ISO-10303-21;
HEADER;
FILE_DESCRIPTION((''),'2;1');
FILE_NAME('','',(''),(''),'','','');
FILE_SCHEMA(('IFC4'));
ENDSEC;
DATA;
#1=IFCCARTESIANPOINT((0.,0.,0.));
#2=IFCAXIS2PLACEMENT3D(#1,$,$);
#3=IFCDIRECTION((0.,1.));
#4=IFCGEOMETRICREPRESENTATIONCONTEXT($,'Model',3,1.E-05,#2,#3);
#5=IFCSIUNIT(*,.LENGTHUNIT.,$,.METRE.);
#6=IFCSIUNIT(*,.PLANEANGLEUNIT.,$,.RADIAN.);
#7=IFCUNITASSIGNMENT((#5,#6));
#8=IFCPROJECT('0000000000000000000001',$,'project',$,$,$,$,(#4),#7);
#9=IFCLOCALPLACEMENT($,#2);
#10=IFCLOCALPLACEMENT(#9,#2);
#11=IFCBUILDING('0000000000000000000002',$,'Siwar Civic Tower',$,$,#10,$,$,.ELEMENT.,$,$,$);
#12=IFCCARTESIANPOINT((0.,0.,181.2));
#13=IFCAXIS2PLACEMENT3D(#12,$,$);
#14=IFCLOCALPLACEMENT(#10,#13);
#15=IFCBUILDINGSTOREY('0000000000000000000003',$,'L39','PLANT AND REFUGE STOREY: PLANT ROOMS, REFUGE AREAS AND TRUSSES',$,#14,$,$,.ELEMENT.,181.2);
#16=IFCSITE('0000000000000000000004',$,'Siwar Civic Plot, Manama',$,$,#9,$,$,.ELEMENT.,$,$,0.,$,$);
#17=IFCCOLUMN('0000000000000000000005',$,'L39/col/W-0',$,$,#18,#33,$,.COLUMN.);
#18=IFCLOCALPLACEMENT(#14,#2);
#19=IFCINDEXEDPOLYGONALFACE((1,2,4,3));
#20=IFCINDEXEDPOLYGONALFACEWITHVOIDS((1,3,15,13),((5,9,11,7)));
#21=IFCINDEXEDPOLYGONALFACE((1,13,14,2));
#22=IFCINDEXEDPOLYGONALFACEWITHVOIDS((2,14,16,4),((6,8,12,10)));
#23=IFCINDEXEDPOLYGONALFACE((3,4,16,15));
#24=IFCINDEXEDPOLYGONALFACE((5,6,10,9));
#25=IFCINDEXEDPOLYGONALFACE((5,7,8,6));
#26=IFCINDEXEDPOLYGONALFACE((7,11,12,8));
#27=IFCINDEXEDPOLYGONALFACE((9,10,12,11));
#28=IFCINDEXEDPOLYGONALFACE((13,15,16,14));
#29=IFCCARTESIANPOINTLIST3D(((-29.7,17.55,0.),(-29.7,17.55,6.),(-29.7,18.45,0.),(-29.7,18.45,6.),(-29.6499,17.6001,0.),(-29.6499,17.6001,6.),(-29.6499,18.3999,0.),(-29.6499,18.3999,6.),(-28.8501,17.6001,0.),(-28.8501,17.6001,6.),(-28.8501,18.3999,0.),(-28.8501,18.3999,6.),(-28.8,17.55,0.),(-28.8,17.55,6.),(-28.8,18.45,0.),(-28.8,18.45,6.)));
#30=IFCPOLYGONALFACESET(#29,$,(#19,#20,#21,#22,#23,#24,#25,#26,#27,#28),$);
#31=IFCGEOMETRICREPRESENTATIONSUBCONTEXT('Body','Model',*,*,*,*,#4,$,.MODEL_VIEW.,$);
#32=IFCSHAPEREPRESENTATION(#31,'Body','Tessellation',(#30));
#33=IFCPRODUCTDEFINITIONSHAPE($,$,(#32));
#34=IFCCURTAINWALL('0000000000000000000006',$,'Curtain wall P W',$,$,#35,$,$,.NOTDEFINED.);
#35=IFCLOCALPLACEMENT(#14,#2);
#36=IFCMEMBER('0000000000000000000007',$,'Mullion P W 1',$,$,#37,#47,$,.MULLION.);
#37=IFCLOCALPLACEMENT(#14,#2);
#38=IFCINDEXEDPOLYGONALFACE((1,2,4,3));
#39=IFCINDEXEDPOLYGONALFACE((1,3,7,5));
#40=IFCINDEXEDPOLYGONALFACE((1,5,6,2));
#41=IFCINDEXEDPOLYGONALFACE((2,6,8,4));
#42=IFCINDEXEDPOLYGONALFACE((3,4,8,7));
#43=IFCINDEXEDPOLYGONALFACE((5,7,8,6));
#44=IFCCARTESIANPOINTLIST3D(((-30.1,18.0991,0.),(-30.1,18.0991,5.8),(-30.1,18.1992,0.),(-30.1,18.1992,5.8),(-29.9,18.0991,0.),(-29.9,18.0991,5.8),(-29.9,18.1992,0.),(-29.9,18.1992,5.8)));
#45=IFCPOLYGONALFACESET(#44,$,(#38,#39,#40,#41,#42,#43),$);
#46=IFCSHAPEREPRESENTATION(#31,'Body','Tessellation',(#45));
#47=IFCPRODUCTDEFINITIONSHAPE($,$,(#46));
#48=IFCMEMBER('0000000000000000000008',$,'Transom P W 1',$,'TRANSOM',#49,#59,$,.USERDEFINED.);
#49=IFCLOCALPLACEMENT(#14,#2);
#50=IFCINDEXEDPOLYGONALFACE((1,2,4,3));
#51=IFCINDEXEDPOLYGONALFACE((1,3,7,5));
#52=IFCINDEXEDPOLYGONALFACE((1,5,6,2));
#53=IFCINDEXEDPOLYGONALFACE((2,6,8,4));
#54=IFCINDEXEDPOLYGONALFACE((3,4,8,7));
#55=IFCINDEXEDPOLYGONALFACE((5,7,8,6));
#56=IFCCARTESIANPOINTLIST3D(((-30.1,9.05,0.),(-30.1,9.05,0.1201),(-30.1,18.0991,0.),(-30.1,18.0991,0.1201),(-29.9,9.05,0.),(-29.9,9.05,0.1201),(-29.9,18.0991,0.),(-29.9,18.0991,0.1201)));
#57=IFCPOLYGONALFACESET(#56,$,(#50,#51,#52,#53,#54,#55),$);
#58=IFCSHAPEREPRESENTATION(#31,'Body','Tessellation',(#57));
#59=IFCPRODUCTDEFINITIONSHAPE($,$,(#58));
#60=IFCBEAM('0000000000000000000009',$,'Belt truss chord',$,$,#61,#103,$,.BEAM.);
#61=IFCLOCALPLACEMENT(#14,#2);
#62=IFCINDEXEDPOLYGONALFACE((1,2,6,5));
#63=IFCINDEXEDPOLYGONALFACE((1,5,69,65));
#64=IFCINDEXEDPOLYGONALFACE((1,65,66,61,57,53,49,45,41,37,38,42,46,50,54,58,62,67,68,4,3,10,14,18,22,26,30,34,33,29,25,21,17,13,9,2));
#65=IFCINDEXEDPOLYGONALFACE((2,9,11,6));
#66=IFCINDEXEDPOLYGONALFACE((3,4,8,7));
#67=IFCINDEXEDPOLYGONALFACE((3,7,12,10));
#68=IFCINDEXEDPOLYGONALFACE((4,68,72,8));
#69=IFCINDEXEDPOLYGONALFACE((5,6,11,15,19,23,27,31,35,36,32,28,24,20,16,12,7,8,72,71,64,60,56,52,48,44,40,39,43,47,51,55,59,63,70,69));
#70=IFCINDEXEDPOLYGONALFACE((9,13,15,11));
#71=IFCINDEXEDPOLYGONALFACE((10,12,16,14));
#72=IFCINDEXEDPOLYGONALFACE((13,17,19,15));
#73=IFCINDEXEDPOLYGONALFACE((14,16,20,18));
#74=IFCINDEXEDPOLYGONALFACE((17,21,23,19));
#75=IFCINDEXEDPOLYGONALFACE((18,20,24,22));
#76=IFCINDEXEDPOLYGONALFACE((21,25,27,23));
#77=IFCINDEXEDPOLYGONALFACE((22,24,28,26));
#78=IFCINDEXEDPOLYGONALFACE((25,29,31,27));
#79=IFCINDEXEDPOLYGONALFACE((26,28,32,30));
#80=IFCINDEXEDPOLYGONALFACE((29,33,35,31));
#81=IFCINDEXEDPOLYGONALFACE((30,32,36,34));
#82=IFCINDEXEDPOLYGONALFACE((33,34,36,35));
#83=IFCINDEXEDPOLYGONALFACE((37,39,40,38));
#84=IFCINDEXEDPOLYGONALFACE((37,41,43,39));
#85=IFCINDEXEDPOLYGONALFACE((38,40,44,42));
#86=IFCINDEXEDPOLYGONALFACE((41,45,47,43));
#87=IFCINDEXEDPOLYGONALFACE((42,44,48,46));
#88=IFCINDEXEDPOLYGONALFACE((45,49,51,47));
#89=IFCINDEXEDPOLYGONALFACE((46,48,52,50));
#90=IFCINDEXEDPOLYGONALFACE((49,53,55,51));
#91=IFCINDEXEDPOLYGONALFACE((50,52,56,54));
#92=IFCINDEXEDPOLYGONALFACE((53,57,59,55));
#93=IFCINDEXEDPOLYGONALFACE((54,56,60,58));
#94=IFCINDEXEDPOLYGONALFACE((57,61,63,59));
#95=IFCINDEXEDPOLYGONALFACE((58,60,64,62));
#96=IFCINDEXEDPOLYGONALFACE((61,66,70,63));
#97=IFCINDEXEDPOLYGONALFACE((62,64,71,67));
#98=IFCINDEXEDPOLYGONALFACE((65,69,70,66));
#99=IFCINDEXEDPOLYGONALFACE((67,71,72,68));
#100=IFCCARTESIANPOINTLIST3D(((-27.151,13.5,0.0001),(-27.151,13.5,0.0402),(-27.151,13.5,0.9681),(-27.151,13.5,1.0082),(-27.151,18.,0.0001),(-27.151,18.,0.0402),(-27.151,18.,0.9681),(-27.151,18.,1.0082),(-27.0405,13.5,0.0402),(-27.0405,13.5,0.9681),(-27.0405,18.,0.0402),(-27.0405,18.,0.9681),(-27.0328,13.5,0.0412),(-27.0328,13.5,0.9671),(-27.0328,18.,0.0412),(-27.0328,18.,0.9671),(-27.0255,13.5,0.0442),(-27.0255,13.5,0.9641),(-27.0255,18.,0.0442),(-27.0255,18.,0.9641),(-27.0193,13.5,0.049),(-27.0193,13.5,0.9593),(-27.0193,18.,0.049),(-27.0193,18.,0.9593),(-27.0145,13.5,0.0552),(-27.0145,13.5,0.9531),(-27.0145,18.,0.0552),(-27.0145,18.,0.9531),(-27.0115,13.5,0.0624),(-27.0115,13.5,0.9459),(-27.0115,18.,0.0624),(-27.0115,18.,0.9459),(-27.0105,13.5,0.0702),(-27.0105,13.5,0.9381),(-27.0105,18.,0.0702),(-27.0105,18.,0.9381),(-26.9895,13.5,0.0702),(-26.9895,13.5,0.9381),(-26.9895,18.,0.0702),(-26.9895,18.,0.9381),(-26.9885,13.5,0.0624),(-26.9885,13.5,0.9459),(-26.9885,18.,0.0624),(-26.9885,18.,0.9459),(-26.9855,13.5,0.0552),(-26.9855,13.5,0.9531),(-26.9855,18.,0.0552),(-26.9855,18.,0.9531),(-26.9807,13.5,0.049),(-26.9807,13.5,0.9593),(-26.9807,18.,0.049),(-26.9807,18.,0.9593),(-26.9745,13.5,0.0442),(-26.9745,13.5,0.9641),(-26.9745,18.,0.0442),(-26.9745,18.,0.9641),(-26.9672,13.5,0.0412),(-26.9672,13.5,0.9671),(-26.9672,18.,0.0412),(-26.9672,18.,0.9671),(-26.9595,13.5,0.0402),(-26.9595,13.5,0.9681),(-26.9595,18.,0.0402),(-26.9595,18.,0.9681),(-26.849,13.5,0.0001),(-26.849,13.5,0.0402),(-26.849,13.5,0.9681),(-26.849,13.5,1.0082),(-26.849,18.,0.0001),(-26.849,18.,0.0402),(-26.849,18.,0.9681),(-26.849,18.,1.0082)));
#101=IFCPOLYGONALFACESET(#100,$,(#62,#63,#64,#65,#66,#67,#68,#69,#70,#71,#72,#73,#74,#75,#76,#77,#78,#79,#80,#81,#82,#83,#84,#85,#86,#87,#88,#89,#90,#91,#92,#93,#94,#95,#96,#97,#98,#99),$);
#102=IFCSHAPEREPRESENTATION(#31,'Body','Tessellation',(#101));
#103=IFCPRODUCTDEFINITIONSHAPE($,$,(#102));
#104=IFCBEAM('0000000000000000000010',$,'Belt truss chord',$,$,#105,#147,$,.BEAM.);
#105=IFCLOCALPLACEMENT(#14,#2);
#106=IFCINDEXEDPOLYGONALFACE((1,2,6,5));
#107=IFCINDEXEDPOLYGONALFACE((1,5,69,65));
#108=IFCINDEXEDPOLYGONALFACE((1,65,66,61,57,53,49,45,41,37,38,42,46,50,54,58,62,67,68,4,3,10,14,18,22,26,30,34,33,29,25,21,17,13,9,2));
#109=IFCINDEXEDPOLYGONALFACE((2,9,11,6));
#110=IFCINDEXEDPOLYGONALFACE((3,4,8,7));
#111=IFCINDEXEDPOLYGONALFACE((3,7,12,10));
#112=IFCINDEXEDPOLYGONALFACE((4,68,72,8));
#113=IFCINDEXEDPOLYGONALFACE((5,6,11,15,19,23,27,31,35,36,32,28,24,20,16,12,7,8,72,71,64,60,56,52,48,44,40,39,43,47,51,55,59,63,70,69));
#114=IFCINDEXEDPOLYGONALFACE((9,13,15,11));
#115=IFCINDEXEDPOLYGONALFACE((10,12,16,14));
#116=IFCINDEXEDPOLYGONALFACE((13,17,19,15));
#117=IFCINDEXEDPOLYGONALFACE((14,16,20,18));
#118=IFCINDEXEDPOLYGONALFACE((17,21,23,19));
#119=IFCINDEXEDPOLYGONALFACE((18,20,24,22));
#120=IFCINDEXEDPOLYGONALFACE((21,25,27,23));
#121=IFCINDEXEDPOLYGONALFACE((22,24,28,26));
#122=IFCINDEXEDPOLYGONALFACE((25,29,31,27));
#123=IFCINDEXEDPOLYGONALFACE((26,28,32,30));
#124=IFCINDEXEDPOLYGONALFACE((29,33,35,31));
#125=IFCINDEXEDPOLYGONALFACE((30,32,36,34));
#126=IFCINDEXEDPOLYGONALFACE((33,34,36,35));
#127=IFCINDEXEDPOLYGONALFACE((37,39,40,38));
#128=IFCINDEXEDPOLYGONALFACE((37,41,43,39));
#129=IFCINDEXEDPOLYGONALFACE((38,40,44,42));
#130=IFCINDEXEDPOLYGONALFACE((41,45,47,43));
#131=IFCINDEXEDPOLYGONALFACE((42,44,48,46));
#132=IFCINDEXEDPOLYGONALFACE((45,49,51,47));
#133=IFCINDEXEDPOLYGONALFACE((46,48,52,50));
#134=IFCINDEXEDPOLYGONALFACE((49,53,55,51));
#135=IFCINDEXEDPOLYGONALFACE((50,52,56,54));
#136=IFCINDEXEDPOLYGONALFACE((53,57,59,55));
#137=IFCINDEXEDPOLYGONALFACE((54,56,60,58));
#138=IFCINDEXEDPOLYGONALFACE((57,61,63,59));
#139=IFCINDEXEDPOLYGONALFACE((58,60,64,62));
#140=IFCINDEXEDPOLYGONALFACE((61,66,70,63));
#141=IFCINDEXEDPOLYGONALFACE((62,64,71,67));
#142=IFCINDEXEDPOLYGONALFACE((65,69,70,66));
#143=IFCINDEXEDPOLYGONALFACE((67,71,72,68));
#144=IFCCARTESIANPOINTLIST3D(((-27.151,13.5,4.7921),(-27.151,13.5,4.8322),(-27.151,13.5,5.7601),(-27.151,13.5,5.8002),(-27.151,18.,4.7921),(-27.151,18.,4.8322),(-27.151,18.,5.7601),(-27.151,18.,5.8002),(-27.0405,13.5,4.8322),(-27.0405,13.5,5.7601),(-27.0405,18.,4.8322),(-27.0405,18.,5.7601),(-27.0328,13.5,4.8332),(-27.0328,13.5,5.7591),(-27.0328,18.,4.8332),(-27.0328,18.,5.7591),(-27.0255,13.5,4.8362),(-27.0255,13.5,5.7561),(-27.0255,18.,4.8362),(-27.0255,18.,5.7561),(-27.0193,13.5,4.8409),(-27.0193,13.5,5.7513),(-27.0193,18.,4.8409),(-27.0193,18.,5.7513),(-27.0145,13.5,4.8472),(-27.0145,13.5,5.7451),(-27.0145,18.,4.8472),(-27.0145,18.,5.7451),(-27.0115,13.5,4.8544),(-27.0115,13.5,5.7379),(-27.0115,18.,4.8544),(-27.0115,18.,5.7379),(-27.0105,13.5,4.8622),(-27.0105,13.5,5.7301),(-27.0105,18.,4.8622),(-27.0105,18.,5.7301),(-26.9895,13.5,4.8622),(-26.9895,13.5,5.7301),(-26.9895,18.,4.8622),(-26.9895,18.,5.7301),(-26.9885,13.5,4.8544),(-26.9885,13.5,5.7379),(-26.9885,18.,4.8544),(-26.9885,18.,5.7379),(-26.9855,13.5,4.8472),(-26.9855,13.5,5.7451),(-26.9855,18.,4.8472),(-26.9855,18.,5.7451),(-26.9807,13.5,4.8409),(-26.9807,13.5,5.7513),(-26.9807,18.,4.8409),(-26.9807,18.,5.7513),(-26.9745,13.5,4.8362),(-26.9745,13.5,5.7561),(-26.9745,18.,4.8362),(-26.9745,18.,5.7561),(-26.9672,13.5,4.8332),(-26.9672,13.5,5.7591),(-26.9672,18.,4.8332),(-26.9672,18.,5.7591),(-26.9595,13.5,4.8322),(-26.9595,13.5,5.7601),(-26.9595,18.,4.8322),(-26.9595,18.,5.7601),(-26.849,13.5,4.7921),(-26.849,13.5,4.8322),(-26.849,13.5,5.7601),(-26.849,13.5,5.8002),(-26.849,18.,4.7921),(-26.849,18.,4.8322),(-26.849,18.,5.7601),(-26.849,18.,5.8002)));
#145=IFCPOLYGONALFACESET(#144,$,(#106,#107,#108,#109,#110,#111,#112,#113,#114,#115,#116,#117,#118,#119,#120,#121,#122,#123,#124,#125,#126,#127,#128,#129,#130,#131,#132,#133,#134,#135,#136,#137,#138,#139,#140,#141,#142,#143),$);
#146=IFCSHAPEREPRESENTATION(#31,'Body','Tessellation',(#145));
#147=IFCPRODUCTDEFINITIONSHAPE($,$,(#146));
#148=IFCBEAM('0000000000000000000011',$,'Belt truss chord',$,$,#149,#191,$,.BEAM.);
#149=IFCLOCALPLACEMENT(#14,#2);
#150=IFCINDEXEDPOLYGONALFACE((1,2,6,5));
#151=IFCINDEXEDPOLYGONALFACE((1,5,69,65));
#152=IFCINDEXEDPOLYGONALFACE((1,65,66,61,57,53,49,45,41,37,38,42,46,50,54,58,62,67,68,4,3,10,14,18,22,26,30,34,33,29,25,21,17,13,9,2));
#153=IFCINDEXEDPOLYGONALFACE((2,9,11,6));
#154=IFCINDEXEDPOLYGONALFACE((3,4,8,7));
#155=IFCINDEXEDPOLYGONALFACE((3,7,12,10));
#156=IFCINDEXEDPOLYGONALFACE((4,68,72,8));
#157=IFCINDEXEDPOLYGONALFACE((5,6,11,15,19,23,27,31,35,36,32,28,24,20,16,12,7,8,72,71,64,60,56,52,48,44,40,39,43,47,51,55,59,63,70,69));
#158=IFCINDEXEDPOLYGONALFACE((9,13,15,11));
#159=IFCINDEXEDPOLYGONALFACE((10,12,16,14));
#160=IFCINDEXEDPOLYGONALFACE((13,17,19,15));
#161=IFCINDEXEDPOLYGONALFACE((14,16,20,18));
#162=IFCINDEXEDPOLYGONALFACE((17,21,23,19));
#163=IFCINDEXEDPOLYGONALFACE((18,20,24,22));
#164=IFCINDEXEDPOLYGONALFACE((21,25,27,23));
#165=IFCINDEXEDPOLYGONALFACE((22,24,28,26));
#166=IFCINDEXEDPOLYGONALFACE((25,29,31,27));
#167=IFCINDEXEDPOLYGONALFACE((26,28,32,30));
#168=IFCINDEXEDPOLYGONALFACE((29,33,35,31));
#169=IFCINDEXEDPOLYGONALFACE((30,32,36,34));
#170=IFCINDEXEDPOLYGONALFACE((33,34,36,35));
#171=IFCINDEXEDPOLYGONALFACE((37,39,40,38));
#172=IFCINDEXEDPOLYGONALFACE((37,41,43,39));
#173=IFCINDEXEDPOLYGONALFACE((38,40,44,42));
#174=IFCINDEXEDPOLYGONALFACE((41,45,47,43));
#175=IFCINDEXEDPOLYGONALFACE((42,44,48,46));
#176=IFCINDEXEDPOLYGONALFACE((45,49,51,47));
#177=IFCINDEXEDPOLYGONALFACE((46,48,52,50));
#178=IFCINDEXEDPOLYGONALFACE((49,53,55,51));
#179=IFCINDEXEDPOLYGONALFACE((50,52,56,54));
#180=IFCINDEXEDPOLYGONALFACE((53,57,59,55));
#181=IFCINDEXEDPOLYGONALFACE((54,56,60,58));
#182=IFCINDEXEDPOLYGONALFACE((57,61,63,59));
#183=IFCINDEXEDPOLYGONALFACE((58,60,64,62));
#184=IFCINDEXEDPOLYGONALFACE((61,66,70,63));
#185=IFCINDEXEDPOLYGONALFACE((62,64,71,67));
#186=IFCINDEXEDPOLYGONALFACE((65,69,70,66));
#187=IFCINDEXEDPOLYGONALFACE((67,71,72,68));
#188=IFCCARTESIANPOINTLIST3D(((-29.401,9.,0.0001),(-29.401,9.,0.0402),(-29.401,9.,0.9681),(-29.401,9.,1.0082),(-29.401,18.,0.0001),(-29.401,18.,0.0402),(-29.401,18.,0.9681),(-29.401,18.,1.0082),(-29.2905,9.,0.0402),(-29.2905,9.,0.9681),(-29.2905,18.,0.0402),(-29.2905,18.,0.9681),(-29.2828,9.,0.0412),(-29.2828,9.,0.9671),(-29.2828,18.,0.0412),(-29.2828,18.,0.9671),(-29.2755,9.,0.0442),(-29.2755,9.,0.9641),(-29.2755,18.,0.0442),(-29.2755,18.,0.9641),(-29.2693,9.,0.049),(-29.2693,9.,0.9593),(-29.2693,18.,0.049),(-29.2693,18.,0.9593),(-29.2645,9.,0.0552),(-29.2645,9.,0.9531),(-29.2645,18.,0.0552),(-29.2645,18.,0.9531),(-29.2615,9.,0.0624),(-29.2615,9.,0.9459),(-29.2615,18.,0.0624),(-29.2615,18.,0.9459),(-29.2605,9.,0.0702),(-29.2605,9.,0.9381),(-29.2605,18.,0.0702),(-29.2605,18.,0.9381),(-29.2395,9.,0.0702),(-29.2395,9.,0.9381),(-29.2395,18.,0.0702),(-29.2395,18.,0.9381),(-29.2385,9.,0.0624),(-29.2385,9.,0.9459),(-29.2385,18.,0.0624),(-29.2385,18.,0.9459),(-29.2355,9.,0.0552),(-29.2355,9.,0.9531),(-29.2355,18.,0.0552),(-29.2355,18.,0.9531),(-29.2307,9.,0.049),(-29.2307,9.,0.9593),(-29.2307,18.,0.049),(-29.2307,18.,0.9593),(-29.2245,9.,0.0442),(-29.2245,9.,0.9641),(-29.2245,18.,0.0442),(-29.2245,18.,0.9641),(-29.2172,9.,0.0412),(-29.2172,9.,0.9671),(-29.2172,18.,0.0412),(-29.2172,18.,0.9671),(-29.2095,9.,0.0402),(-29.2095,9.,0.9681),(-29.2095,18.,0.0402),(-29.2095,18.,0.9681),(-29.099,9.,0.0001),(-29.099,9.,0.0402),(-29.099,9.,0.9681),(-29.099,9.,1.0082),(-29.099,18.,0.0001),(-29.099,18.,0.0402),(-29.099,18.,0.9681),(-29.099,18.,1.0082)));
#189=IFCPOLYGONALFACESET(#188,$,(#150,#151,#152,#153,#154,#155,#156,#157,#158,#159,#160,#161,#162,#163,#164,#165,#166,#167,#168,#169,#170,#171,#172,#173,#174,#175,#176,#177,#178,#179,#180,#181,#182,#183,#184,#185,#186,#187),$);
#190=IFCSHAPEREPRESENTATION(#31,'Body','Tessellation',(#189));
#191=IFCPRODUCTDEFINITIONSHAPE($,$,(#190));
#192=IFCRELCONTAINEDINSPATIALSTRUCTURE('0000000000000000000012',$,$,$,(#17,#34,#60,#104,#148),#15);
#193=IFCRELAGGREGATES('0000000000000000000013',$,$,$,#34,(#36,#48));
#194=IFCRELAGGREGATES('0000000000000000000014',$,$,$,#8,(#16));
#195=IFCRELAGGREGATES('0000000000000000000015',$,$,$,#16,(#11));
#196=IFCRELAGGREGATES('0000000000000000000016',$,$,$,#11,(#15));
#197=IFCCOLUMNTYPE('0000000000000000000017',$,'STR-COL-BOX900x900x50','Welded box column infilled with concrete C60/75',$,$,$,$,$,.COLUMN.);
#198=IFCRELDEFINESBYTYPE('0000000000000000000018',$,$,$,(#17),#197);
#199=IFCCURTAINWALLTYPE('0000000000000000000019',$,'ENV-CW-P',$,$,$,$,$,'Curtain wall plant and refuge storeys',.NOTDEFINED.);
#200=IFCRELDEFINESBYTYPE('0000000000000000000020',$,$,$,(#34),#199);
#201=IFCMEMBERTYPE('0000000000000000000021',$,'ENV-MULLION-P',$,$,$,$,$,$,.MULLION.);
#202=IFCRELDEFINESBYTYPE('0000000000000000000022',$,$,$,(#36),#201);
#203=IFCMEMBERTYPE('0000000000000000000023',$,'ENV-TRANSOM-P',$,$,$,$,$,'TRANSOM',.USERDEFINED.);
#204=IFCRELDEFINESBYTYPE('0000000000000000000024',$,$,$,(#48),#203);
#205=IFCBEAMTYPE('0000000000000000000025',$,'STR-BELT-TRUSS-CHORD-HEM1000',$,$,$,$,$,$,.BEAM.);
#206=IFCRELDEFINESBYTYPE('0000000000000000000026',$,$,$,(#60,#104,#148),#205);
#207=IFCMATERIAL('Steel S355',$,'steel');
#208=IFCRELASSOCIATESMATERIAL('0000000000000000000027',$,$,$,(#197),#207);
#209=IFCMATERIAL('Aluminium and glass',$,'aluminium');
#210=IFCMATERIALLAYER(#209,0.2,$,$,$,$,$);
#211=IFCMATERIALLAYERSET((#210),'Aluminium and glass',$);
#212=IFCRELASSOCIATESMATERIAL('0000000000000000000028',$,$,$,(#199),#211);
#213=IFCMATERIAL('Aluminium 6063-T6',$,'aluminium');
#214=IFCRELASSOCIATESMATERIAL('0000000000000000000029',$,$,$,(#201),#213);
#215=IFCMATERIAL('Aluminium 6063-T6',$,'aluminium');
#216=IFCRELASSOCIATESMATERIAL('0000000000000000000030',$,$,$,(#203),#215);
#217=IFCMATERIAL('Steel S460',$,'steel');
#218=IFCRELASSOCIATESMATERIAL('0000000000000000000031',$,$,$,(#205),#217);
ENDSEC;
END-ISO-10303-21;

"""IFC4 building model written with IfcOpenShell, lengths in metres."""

from ifc_helpers import new_model, si_unit, direction, frame, origin, origin_2d, place, context, subcontext, project, spatial, rectangle, hollow_rectangle, i_section, extrude, material, layer, layer_set, material_profile, profile_set, type_object, element, aggregate, save


model = new_model("IFC4")

# Units and contexts
model_context = context("Model", 3, precision=1e-05, world=origin(), true_north=direction((0.0, 1.0)))
body_context = subcontext(model_context, "Body", "Model", "MODEL_VIEW")
ifc_project = project(units=[si_unit("LENGTHUNIT", "METRE"), si_unit("PLANEANGLEUNIT", "RADIAN")], contexts=[model_context])

# Site, building, storey
site_placement = place(None, origin())
site = spatial("IfcSite", under=ifc_project, at=site_placement, Name="Siwar Civic Plot, Manama", CompositionType="ELEMENT", RefElevation=0.0)
building_placement = place(site_placement, origin())
building = spatial("IfcBuilding", under=site, at=building_placement, Name="Siwar Civic Tower", CompositionType="ELEMENT")
storey_placement = place(building_placement, frame((0.0, 0.0, 181.2)))
storey = spatial("IfcBuildingStorey", under=building, at=storey_placement, Name="L39", Description="PLANT AND REFUGE STOREY: PLANT ROOMS, REFUGE AREAS AND TRUSSES", CompositionType="ELEMENT", Elevation=181.2)

# Column
ifc_material_1 = material(Name="Steel S355", Category="steel")
ifc_material_profile_1 = material_profile(ifc_material_1, hollow_rectangle(XDim=0.8999, YDim=0.8999, WallThickness=0.05, at=origin_2d()), Name="BOX900x900x50")
ifc_profile_set_1 = profile_set([ifc_material_profile_1], Name="Steel S355")
column_type = type_object("IfcColumnType", Name="STR-COL-BOX900x900x50", Description="Welded box column infilled with concrete C60/75", PredefinedType="COLUMN", material=ifc_profile_set_1)
column_placement = place(storey_placement, frame((-29.25, 18.0, 0.0), z_axis=(0.0, 0.0, 1.0), x_axis=(1.0, 0.0, 0.0)))
element("IfcColumn", 1, at=column_placement, inside=storey, type_object=column_type, Name="L39/col/W-0", PredefinedType="COLUMN", context=body_context, shape_type="SweptSolid", body=[
    extrude(hollow_rectangle(XDim=0.8999, YDim=0.8999, WallThickness=0.05, at=origin_2d()), origin(), (0.0, 0.0, 1.0), 6.0),
])

# Curtain wall, members
ifc_material_2 = material(Name="Aluminium and glass", Category="aluminium")
ifc_layer_1 = layer(ifc_material_2, 0.2)
ifc_layer_set_1 = layer_set([ifc_layer_1], Name="Aluminium and glass")
curtain_wall_type = type_object("IfcCurtainWallType", Name="ENV-CW-P", ElementType="Curtain wall plant and refuge storeys", PredefinedType="NOTDEFINED", material=ifc_layer_set_1)
curtain_wall_placement = place(storey_placement, origin())
curtain_wall = element("IfcCurtainWall", 2, at=curtain_wall_placement, inside=storey, type_object=curtain_wall_type, Name="Curtain wall P W", PredefinedType="NOTDEFINED")
ifc_material_3 = material(Name="Aluminium 6063-T6", Category="aluminium")
ifc_material_profile_2 = material_profile(ifc_material_3, rectangle(XDim=0.2, YDim=0.1001, at=origin_2d()), Name="AL 200x100")
ifc_profile_set_2 = profile_set([ifc_material_profile_2], Name="Aluminium 6063-T6")
member_type_1 = type_object("IfcMemberType", Name="ENV-MULLION-P", PredefinedType="MULLION", material=ifc_profile_set_2)
member_1_placement = place(storey_placement, frame((-30.0, 18.1492, 0.0), z_axis=(0.0, 0.0, 1.0), x_axis=(1.0, 0.0, 0.0)))
member_1 = element("IfcMember", 3, at=member_1_placement, type_object=member_type_1, Name="Mullion P W 1", PredefinedType="MULLION", context=body_context, shape_type="SweptSolid", body=[
    extrude(rectangle(XDim=0.2, YDim=0.1001, at=origin_2d()), origin(), (0.0, 0.0, 1.0), 5.8),
])
ifc_material_4 = material(Name="Aluminium 6063-T6", Category="aluminium")
ifc_material_profile_3 = material_profile(ifc_material_4, rectangle(XDim=0.2, YDim=0.1201, at=origin_2d()), Name="AL 200x120")
ifc_profile_set_3 = profile_set([ifc_material_profile_3], Name="Aluminium 6063-T6")
member_type_2 = type_object("IfcMemberType", Name="ENV-TRANSOM-P", ElementType="TRANSOM", PredefinedType="USERDEFINED", material=ifc_profile_set_3)
member_2_placement = place(storey_placement, frame((-30.0, 18.0991, 0.0601), z_axis=(0.0, -1.0, 0.0), x_axis=(1.0, 0.0, 0.0)))
member_2 = element("IfcMember", 4, at=member_2_placement, type_object=member_type_2, Name="Transom P W 1", ObjectType="TRANSOM", PredefinedType="USERDEFINED", context=body_context, shape_type="SweptSolid", body=[
    extrude(rectangle(XDim=0.2, YDim=0.1201, at=origin_2d()), origin(), (0.0, 0.0, 1.0), 9.0491),
])

# Beams
ifc_material_5 = material(Name="Steel S460", Category="steel")
ifc_material_profile_4 = material_profile(ifc_material_5, i_section(OverallWidth=0.302, OverallDepth=1.0081, WebThickness=0.021, FlangeThickness=0.04, FilletRadius=0.03, at=origin_2d()), Name="HEM1000")
ifc_profile_set_4 = profile_set([ifc_material_profile_4], Name="Steel S460")
beam_type_1 = type_object("IfcBeamType", Name="STR-BELT-TRUSS-CHORD-HEM1000", PredefinedType="BEAM", material=ifc_profile_set_4)
for number, where, z_axis, x_axis, name in (
    (5, (-27.0, 18.0, 0.5042), (0.0, -1.0, 0.0), (1.0, 0.0, 0.0), "Belt truss chord"),
    (6, (-27.0, 18.0, 5.2961), (0.0, -1.0, 0.0), (1.0, 0.0, 0.0), "Belt truss chord"),
):
    element("IfcBeam", number, at=place(storey_placement, frame(where, z_axis=z_axis, x_axis=x_axis)), inside=storey, type_object=beam_type_1, Name=name, PredefinedType="BEAM", context=body_context, shape_type="SweptSolid", body=[
        extrude(i_section(OverallWidth=0.302, OverallDepth=1.0081, WebThickness=0.021, FlangeThickness=0.04, FilletRadius=0.03, at=origin_2d()), origin(), (0.0, 0.0, 1.0), 4.5),
    ])
for number, where, z_axis, x_axis, name in (
    (7, (-29.25, 18.0, 0.5042), (0.0, -1.0, 0.0), (1.0, 0.0, 0.0), "Belt truss chord"),
):
    element("IfcBeam", number, at=place(storey_placement, frame(where, z_axis=z_axis, x_axis=x_axis)), inside=storey, type_object=beam_type_1, Name=name, PredefinedType="BEAM", context=body_context, shape_type="SweptSolid", body=[
        extrude(i_section(OverallWidth=0.302, OverallDepth=1.0081, WebThickness=0.021, FlangeThickness=0.04, FilletRadius=0.03, at=origin_2d()), origin(), (0.0, 0.0, 1.0), 9.0),
    ])

aggregate(curtain_wall, [member_1, member_2])

save(model, "model.ifc")
